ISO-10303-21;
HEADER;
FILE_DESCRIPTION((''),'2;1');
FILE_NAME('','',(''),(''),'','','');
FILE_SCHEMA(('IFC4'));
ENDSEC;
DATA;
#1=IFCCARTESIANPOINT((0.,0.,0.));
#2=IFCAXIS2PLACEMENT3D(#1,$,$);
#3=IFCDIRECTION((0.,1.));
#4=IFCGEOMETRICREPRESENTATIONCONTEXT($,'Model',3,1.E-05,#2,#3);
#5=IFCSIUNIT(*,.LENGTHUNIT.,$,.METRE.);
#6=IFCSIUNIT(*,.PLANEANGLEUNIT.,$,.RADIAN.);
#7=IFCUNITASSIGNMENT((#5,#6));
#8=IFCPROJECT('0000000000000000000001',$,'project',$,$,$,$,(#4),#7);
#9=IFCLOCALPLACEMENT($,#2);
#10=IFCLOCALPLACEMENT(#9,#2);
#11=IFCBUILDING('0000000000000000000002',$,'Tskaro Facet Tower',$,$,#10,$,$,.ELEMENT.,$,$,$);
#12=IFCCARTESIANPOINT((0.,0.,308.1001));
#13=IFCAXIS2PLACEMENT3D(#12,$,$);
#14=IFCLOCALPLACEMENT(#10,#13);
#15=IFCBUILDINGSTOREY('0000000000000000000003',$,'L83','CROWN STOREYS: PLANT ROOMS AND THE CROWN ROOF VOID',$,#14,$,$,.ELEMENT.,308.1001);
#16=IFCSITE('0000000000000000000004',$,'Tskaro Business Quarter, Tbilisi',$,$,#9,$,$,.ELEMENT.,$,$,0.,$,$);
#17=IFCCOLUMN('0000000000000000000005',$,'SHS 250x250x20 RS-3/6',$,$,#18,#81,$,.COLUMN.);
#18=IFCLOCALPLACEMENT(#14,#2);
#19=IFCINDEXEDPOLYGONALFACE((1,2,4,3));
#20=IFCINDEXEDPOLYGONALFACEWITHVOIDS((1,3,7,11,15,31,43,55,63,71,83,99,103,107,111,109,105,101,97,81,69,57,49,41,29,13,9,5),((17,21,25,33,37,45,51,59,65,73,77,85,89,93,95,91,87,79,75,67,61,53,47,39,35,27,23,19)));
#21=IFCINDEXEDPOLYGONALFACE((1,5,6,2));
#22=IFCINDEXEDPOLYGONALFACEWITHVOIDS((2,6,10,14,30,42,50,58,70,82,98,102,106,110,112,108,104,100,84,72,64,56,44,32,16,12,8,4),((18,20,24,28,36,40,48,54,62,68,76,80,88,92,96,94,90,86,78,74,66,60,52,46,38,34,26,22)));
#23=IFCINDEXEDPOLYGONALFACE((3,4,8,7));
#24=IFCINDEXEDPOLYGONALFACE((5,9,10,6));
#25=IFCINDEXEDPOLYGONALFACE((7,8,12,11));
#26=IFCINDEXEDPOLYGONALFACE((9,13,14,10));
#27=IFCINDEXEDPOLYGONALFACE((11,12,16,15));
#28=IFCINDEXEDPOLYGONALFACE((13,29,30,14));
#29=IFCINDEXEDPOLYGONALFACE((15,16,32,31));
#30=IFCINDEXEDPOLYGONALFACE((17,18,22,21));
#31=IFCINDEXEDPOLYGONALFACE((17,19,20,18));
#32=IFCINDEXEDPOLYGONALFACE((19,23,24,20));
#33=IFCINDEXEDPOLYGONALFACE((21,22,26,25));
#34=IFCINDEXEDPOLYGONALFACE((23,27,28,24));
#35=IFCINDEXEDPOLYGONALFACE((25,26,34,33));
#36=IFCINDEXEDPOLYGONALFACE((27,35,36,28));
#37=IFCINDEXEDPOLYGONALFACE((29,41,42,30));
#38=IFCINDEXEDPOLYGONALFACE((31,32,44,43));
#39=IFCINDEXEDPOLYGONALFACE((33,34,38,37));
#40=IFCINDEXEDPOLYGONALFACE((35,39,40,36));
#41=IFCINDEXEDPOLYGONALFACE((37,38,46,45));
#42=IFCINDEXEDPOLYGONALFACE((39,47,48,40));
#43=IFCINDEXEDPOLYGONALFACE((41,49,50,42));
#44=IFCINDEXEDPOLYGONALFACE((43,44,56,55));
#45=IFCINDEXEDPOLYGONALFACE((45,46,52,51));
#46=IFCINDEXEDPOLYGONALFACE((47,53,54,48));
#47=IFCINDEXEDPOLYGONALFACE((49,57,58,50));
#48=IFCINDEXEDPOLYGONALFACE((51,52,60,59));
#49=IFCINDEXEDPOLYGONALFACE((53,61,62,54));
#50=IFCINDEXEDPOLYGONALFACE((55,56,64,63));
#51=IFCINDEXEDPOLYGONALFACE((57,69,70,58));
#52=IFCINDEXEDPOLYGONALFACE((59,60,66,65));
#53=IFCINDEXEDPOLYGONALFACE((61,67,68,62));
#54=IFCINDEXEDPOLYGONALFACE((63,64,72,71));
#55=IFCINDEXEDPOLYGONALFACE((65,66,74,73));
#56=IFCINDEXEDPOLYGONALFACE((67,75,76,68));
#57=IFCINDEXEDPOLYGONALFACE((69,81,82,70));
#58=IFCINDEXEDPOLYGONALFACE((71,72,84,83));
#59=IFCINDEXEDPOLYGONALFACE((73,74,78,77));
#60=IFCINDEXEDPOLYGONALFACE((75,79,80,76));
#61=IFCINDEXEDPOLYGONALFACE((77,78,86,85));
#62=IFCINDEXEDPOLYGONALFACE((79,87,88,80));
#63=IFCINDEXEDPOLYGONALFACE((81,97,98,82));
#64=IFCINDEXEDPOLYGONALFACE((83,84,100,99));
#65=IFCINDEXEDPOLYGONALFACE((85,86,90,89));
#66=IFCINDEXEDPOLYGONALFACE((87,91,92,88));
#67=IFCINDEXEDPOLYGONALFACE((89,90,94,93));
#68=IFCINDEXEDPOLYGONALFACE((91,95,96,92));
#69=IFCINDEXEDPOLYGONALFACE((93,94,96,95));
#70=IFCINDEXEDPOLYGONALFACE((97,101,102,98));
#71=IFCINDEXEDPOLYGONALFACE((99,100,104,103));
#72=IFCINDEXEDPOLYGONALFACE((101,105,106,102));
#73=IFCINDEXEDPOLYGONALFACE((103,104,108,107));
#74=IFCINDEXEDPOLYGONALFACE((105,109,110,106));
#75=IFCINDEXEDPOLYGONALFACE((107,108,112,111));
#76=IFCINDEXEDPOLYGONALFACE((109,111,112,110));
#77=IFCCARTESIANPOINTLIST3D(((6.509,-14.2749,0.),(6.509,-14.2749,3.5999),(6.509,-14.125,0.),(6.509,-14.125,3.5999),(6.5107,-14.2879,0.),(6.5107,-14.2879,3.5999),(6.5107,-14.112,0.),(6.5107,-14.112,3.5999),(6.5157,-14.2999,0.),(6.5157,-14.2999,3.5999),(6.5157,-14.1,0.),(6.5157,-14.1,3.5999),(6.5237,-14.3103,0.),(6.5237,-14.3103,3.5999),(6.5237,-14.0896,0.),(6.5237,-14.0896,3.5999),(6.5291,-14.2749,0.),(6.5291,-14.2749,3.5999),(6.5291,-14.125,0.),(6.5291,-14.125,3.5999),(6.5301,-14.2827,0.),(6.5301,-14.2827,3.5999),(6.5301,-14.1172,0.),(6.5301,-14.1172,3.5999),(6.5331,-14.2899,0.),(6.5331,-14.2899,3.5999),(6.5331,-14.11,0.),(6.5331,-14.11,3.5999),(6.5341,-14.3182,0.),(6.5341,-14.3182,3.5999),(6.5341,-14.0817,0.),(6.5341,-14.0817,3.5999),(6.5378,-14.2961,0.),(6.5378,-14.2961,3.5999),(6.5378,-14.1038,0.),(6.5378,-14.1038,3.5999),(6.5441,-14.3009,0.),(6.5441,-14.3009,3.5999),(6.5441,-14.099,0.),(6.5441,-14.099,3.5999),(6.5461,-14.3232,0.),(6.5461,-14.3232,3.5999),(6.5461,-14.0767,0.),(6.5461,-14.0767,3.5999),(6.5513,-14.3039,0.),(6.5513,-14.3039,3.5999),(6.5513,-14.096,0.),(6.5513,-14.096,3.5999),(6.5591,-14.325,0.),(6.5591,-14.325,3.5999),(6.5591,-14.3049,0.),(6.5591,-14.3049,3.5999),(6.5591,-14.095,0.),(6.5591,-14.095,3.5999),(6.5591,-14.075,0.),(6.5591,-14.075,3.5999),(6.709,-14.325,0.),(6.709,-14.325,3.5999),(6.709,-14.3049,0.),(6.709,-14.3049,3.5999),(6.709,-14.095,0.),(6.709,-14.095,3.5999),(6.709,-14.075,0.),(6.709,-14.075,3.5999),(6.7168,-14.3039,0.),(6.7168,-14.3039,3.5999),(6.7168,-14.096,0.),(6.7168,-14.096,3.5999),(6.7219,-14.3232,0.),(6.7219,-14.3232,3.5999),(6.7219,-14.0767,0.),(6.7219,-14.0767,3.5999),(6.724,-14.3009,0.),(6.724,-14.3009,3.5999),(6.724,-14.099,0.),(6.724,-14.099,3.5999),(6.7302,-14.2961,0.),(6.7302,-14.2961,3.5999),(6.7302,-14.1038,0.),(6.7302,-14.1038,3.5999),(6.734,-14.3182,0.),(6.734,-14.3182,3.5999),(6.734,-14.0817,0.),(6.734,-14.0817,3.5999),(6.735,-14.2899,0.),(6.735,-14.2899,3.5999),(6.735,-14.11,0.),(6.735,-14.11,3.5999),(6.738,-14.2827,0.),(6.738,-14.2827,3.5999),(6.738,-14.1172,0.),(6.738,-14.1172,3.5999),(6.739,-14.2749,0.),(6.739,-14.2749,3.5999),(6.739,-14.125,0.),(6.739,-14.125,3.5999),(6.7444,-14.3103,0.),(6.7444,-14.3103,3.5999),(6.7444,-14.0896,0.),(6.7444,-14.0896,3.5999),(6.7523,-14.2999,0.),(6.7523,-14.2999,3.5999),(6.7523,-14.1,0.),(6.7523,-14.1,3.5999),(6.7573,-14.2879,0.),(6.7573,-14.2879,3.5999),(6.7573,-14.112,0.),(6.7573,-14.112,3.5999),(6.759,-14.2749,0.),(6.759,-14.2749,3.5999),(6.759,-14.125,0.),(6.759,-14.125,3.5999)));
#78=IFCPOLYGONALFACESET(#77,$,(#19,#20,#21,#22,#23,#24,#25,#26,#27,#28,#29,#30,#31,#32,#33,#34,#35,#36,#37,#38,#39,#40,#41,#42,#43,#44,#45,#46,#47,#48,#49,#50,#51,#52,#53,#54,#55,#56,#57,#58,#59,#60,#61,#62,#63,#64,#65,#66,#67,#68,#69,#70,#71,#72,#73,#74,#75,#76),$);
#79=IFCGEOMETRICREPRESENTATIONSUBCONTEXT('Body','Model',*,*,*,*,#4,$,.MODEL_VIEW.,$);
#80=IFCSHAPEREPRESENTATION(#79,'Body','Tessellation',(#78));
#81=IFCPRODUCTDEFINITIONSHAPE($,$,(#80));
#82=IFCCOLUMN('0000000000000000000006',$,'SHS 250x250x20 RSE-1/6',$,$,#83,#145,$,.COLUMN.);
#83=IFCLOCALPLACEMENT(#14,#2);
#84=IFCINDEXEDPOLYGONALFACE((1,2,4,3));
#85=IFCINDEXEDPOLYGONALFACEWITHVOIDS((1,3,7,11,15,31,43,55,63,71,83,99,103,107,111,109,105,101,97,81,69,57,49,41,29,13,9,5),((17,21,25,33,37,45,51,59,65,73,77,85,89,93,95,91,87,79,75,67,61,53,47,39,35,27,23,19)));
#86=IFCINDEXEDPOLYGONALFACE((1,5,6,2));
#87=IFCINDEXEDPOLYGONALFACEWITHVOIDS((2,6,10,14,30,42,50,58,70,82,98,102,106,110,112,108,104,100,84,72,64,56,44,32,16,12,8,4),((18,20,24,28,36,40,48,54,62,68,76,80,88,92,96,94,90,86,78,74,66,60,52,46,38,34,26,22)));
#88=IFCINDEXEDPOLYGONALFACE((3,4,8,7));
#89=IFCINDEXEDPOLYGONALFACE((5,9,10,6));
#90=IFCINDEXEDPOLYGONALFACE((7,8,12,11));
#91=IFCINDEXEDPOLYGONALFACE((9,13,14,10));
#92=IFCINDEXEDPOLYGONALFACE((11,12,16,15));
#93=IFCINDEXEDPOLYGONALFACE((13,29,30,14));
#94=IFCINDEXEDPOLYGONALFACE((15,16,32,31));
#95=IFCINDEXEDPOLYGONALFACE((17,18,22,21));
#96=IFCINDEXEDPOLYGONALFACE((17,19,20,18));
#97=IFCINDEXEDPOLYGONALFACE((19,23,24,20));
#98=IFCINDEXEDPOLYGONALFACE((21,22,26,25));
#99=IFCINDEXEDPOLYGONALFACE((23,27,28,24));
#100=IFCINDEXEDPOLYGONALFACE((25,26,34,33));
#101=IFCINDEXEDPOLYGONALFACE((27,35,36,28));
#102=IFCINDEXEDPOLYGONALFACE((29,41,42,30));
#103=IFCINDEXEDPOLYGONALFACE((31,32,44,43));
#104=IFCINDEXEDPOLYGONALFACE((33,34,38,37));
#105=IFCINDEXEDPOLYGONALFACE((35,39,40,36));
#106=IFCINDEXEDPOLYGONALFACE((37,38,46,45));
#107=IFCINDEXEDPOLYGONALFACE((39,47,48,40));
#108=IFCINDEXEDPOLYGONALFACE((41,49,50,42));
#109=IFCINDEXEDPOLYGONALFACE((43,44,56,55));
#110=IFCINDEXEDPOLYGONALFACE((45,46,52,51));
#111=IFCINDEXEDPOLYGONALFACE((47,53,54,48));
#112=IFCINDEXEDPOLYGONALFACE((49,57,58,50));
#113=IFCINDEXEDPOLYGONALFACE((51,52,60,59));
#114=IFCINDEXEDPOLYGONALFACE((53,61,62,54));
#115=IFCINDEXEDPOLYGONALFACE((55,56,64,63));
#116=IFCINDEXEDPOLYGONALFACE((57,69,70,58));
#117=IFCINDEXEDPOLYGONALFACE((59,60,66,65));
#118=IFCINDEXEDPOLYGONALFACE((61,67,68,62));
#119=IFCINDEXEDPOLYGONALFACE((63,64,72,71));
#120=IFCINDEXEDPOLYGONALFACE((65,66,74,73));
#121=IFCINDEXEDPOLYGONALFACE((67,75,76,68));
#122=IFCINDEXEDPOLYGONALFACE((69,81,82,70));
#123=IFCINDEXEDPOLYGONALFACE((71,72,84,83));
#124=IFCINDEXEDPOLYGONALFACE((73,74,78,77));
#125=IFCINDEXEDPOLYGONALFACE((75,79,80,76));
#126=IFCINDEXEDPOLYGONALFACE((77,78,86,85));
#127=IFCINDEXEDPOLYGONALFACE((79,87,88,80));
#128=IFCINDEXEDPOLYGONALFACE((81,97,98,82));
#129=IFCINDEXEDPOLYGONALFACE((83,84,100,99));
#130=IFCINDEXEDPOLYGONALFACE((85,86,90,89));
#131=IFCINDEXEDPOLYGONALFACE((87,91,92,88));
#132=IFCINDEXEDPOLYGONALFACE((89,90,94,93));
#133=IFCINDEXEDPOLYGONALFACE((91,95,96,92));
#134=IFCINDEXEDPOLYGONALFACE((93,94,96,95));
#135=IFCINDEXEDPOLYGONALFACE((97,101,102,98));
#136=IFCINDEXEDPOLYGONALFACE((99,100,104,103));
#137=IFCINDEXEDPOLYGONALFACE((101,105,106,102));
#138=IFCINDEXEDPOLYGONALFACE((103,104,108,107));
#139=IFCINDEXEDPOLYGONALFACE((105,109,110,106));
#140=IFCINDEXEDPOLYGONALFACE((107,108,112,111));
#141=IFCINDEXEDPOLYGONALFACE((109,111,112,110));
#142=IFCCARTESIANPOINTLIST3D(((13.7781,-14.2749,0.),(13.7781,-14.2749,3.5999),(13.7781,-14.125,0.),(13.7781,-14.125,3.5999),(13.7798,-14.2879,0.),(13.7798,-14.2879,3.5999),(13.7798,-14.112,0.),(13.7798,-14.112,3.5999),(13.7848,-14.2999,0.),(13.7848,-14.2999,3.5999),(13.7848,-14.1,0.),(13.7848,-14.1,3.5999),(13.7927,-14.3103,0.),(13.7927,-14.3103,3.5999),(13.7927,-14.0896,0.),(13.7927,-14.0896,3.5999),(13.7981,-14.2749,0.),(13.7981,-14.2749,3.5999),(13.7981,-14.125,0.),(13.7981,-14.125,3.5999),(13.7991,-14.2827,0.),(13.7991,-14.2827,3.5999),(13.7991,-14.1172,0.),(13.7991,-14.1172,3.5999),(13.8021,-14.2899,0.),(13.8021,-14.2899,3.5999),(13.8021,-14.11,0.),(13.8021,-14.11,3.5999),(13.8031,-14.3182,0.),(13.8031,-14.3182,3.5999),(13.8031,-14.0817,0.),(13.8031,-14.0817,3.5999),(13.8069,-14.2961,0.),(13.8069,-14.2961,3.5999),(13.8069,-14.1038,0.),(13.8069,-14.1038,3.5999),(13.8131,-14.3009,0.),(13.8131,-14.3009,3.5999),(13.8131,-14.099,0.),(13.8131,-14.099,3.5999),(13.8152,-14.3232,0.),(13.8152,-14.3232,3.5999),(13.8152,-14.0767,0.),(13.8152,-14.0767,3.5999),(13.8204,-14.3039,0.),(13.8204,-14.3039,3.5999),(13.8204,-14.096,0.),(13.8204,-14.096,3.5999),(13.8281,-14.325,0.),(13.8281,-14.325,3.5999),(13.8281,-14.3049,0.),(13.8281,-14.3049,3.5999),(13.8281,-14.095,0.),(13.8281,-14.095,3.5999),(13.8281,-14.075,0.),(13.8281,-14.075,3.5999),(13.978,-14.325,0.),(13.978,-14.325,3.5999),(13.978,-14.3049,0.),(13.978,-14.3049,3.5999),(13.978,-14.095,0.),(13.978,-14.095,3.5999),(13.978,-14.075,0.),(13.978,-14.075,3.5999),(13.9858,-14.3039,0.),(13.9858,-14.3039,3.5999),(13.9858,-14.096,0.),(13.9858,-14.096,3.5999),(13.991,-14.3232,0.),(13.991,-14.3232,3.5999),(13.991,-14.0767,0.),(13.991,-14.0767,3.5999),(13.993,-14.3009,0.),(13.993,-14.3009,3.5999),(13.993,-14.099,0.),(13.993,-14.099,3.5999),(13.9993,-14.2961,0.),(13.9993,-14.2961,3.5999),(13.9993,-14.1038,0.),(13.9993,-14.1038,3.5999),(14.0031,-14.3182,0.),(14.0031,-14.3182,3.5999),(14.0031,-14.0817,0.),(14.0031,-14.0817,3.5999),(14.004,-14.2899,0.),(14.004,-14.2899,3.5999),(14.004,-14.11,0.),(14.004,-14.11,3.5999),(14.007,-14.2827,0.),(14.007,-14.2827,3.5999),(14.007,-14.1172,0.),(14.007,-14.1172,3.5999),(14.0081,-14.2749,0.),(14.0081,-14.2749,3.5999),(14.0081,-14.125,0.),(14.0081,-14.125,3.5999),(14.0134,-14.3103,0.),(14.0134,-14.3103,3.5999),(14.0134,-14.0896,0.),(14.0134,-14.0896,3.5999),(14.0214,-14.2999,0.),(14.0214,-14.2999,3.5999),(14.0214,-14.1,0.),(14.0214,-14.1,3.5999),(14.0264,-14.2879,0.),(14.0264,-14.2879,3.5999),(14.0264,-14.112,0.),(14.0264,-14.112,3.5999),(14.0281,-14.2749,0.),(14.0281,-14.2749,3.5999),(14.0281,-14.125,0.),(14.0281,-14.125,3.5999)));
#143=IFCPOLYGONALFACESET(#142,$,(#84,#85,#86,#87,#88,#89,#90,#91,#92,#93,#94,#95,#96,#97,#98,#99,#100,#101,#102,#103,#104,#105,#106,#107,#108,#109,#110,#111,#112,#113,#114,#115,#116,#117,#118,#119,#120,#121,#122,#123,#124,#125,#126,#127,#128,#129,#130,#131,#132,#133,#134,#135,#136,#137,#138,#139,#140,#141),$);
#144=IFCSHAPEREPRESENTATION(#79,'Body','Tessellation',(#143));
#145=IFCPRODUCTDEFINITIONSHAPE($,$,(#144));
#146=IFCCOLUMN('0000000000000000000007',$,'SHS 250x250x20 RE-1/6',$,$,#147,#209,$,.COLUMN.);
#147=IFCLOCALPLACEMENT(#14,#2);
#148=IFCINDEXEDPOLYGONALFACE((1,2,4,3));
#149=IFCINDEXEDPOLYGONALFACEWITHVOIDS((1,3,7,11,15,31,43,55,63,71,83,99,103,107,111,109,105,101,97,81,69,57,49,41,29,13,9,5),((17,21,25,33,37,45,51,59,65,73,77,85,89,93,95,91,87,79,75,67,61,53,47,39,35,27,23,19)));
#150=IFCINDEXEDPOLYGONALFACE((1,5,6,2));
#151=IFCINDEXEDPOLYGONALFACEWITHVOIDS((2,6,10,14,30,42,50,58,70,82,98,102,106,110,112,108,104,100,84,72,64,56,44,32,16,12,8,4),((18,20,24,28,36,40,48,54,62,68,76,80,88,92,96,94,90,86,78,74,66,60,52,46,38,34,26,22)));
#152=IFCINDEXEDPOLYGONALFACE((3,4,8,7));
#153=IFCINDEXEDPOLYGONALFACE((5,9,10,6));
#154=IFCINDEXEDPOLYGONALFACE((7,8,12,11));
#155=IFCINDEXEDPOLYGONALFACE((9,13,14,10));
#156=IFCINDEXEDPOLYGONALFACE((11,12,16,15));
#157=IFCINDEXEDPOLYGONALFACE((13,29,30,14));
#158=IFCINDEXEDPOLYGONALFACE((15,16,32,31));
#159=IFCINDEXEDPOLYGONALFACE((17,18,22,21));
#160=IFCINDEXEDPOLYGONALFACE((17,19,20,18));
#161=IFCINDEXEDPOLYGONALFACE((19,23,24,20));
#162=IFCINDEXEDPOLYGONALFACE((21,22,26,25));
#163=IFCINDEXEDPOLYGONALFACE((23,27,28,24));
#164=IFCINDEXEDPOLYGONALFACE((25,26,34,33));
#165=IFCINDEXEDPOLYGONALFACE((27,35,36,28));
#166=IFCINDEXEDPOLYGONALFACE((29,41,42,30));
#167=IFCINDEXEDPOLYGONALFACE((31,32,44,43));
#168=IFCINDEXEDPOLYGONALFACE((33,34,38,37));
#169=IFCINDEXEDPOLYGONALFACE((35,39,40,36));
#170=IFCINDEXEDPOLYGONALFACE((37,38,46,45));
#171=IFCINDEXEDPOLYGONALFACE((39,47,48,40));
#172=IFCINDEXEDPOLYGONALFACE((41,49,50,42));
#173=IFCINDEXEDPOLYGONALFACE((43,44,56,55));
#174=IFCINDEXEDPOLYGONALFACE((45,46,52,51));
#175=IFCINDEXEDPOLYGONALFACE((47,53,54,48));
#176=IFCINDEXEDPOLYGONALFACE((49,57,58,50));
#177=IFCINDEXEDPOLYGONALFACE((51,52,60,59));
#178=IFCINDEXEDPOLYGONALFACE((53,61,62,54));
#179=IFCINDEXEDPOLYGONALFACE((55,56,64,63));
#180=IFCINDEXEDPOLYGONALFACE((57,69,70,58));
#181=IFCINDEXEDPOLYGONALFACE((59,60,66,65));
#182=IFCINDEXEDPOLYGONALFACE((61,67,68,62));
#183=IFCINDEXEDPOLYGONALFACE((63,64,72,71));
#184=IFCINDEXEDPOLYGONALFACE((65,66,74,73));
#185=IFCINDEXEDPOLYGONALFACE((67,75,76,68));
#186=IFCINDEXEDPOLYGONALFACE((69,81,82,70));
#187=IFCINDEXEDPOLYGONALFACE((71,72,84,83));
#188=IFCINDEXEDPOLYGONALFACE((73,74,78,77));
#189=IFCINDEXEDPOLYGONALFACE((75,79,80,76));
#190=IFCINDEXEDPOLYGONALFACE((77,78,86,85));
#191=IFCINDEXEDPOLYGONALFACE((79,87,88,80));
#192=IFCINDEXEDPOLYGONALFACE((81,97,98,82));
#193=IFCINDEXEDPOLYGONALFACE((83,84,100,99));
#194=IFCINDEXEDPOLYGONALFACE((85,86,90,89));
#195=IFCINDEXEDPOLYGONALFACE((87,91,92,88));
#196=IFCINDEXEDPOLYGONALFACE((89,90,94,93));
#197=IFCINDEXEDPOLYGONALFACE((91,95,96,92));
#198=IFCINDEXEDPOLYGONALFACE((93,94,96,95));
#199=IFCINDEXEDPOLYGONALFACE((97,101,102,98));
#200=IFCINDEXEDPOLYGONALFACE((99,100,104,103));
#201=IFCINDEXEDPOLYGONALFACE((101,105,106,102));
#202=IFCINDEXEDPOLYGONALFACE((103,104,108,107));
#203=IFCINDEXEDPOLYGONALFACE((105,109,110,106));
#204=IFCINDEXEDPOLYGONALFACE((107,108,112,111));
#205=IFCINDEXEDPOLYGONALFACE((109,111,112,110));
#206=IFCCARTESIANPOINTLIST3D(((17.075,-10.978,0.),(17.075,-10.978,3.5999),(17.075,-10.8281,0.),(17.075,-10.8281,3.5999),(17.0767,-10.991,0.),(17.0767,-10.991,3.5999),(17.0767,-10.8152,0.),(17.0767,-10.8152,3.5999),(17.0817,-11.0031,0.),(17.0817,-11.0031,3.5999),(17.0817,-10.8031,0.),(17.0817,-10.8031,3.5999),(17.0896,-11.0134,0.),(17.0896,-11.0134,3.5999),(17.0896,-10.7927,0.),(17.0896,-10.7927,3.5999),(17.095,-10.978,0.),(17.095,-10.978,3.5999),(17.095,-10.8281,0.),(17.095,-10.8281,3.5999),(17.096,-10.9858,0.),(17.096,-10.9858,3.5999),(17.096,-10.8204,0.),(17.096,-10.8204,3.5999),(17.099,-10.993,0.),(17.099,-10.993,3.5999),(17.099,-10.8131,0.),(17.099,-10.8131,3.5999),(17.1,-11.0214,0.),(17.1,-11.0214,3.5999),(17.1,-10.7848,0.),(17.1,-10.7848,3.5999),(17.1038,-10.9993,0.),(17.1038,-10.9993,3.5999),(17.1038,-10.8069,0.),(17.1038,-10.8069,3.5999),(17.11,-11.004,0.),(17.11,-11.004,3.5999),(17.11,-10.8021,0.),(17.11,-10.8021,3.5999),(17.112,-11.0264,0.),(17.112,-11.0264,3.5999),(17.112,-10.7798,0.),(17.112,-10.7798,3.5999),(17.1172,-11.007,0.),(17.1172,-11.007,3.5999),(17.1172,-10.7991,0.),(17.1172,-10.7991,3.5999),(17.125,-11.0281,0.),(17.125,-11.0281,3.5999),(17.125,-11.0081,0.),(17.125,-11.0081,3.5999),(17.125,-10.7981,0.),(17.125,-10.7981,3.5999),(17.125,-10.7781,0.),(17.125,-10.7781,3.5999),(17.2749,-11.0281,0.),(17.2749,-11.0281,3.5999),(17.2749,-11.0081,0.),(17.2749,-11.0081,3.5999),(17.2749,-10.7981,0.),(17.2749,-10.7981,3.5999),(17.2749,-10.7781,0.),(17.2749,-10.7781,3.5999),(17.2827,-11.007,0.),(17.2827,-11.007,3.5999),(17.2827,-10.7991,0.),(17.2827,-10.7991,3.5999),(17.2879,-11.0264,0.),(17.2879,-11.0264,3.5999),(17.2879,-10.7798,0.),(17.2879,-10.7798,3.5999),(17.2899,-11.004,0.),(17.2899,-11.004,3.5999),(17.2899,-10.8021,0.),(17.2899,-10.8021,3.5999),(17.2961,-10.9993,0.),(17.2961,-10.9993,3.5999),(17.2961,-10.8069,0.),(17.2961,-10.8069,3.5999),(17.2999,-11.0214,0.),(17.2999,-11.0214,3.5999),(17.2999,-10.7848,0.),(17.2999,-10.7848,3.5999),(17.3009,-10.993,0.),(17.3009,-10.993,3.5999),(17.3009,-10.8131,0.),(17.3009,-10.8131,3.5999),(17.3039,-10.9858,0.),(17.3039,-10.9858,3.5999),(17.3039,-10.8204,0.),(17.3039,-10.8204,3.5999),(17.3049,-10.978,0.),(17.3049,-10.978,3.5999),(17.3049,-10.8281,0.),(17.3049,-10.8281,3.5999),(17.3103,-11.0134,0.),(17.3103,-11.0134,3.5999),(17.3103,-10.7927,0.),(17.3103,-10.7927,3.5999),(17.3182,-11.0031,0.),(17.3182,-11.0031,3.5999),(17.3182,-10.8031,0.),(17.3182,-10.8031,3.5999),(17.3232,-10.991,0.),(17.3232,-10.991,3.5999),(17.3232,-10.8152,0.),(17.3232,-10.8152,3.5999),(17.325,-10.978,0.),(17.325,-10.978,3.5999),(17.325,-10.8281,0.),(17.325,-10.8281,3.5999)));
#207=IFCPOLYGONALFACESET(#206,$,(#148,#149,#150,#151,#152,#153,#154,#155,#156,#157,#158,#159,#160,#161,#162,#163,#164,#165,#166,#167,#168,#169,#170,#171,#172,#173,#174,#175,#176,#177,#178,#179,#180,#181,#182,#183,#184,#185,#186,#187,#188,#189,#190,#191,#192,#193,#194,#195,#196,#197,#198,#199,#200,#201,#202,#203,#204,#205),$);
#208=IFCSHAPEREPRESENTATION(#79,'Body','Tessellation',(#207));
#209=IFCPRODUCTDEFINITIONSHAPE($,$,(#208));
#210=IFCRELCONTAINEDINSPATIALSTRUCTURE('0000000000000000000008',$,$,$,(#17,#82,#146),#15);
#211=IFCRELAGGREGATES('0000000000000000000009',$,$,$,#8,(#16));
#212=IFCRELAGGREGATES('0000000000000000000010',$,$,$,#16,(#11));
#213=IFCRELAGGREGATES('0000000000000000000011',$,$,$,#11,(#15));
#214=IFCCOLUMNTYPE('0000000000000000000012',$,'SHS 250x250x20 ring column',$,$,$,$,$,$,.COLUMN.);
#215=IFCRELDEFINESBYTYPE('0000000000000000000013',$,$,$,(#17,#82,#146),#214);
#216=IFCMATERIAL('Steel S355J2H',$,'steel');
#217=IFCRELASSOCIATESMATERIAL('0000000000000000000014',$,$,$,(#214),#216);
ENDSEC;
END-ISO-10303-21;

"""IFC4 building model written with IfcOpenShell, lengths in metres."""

from ifc_helpers import new_model, si_unit, direction, frame, origin, origin_2d, place, context, subcontext, project, spatial, hollow_rectangle, extrude, material, material_profile, profile_set, type_object, element, save


model = new_model("IFC4")

# Units and contexts
model_context = context("Model", 3, precision=1e-05, world=origin(), true_north=direction((0.0, 1.0)))
body_context = subcontext(model_context, "Body", "Model", "MODEL_VIEW")
ifc_project = project(units=[si_unit("LENGTHUNIT", "METRE"), si_unit("PLANEANGLEUNIT", "RADIAN")], contexts=[model_context])

# Site, building, storey
site_placement = place(None, origin())
site = spatial("IfcSite", under=ifc_project, at=site_placement, Name="Tskaro Business Quarter, Tbilisi", CompositionType="ELEMENT", RefElevation=0.0)
building_placement = place(site_placement, origin())
building = spatial("IfcBuilding", under=site, at=building_placement, Name="Tskaro Facet Tower", CompositionType="ELEMENT")
storey_placement = place(building_placement, frame((0.0, 0.0, 308.1001)))
storey = spatial("IfcBuildingStorey", under=building, at=storey_placement, Name="L83", Description="CROWN STOREYS: PLANT ROOMS AND THE CROWN ROOF VOID", CompositionType="ELEMENT", Elevation=308.1001)

# Columns
ifc_material_1 = material(Name="Steel S355J2H", Category="steel")
ifc_material_profile_1 = material_profile(ifc_material_1, hollow_rectangle(XDim=0.25, YDim=0.25, WallThickness=0.02, InnerFilletRadius=0.03, OuterFilletRadius=0.05, at=origin_2d()), Name="SHS 250x250x20")
ifc_profile_set_1 = profile_set([ifc_material_profile_1], Name="Steel S355J2H")
column_type = type_object("IfcColumnType", Name="SHS 250x250x20 ring column", PredefinedType="COLUMN", material=ifc_profile_set_1)
for number, where, z_axis, x_axis, name in (
    (1, (6.634, -14.2, 0.0), (0.0, 0.0, 1.0), (1.0, 0.0, 0.0), "SHS 250x250x20 RS-3/6"),
    (2, (13.9031, -14.2, 0.0), (0.0, 0.0, 1.0), (1.0, 0.0, 0.0), "SHS 250x250x20 RSE-1/6"),
    (3, (17.2, -10.9031, 0.0), (0.0, 0.0, 1.0), (1.0, 0.0, 0.0), "SHS 250x250x20 RE-1/6"),
):
    element("IfcColumn", number, at=place(storey_placement, frame(where, z_axis=z_axis, x_axis=x_axis)), inside=storey, type_object=column_type, Name=name, PredefinedType="COLUMN", context=body_context, shape_type="SweptSolid", body=[
        extrude(hollow_rectangle(XDim=0.25, YDim=0.25, WallThickness=0.02, InnerFilletRadius=0.03, OuterFilletRadius=0.05, at=origin_2d()), origin(), (0.0, 0.0, 1.0), 3.5999),
    ])

save(model, "model.ifc")
